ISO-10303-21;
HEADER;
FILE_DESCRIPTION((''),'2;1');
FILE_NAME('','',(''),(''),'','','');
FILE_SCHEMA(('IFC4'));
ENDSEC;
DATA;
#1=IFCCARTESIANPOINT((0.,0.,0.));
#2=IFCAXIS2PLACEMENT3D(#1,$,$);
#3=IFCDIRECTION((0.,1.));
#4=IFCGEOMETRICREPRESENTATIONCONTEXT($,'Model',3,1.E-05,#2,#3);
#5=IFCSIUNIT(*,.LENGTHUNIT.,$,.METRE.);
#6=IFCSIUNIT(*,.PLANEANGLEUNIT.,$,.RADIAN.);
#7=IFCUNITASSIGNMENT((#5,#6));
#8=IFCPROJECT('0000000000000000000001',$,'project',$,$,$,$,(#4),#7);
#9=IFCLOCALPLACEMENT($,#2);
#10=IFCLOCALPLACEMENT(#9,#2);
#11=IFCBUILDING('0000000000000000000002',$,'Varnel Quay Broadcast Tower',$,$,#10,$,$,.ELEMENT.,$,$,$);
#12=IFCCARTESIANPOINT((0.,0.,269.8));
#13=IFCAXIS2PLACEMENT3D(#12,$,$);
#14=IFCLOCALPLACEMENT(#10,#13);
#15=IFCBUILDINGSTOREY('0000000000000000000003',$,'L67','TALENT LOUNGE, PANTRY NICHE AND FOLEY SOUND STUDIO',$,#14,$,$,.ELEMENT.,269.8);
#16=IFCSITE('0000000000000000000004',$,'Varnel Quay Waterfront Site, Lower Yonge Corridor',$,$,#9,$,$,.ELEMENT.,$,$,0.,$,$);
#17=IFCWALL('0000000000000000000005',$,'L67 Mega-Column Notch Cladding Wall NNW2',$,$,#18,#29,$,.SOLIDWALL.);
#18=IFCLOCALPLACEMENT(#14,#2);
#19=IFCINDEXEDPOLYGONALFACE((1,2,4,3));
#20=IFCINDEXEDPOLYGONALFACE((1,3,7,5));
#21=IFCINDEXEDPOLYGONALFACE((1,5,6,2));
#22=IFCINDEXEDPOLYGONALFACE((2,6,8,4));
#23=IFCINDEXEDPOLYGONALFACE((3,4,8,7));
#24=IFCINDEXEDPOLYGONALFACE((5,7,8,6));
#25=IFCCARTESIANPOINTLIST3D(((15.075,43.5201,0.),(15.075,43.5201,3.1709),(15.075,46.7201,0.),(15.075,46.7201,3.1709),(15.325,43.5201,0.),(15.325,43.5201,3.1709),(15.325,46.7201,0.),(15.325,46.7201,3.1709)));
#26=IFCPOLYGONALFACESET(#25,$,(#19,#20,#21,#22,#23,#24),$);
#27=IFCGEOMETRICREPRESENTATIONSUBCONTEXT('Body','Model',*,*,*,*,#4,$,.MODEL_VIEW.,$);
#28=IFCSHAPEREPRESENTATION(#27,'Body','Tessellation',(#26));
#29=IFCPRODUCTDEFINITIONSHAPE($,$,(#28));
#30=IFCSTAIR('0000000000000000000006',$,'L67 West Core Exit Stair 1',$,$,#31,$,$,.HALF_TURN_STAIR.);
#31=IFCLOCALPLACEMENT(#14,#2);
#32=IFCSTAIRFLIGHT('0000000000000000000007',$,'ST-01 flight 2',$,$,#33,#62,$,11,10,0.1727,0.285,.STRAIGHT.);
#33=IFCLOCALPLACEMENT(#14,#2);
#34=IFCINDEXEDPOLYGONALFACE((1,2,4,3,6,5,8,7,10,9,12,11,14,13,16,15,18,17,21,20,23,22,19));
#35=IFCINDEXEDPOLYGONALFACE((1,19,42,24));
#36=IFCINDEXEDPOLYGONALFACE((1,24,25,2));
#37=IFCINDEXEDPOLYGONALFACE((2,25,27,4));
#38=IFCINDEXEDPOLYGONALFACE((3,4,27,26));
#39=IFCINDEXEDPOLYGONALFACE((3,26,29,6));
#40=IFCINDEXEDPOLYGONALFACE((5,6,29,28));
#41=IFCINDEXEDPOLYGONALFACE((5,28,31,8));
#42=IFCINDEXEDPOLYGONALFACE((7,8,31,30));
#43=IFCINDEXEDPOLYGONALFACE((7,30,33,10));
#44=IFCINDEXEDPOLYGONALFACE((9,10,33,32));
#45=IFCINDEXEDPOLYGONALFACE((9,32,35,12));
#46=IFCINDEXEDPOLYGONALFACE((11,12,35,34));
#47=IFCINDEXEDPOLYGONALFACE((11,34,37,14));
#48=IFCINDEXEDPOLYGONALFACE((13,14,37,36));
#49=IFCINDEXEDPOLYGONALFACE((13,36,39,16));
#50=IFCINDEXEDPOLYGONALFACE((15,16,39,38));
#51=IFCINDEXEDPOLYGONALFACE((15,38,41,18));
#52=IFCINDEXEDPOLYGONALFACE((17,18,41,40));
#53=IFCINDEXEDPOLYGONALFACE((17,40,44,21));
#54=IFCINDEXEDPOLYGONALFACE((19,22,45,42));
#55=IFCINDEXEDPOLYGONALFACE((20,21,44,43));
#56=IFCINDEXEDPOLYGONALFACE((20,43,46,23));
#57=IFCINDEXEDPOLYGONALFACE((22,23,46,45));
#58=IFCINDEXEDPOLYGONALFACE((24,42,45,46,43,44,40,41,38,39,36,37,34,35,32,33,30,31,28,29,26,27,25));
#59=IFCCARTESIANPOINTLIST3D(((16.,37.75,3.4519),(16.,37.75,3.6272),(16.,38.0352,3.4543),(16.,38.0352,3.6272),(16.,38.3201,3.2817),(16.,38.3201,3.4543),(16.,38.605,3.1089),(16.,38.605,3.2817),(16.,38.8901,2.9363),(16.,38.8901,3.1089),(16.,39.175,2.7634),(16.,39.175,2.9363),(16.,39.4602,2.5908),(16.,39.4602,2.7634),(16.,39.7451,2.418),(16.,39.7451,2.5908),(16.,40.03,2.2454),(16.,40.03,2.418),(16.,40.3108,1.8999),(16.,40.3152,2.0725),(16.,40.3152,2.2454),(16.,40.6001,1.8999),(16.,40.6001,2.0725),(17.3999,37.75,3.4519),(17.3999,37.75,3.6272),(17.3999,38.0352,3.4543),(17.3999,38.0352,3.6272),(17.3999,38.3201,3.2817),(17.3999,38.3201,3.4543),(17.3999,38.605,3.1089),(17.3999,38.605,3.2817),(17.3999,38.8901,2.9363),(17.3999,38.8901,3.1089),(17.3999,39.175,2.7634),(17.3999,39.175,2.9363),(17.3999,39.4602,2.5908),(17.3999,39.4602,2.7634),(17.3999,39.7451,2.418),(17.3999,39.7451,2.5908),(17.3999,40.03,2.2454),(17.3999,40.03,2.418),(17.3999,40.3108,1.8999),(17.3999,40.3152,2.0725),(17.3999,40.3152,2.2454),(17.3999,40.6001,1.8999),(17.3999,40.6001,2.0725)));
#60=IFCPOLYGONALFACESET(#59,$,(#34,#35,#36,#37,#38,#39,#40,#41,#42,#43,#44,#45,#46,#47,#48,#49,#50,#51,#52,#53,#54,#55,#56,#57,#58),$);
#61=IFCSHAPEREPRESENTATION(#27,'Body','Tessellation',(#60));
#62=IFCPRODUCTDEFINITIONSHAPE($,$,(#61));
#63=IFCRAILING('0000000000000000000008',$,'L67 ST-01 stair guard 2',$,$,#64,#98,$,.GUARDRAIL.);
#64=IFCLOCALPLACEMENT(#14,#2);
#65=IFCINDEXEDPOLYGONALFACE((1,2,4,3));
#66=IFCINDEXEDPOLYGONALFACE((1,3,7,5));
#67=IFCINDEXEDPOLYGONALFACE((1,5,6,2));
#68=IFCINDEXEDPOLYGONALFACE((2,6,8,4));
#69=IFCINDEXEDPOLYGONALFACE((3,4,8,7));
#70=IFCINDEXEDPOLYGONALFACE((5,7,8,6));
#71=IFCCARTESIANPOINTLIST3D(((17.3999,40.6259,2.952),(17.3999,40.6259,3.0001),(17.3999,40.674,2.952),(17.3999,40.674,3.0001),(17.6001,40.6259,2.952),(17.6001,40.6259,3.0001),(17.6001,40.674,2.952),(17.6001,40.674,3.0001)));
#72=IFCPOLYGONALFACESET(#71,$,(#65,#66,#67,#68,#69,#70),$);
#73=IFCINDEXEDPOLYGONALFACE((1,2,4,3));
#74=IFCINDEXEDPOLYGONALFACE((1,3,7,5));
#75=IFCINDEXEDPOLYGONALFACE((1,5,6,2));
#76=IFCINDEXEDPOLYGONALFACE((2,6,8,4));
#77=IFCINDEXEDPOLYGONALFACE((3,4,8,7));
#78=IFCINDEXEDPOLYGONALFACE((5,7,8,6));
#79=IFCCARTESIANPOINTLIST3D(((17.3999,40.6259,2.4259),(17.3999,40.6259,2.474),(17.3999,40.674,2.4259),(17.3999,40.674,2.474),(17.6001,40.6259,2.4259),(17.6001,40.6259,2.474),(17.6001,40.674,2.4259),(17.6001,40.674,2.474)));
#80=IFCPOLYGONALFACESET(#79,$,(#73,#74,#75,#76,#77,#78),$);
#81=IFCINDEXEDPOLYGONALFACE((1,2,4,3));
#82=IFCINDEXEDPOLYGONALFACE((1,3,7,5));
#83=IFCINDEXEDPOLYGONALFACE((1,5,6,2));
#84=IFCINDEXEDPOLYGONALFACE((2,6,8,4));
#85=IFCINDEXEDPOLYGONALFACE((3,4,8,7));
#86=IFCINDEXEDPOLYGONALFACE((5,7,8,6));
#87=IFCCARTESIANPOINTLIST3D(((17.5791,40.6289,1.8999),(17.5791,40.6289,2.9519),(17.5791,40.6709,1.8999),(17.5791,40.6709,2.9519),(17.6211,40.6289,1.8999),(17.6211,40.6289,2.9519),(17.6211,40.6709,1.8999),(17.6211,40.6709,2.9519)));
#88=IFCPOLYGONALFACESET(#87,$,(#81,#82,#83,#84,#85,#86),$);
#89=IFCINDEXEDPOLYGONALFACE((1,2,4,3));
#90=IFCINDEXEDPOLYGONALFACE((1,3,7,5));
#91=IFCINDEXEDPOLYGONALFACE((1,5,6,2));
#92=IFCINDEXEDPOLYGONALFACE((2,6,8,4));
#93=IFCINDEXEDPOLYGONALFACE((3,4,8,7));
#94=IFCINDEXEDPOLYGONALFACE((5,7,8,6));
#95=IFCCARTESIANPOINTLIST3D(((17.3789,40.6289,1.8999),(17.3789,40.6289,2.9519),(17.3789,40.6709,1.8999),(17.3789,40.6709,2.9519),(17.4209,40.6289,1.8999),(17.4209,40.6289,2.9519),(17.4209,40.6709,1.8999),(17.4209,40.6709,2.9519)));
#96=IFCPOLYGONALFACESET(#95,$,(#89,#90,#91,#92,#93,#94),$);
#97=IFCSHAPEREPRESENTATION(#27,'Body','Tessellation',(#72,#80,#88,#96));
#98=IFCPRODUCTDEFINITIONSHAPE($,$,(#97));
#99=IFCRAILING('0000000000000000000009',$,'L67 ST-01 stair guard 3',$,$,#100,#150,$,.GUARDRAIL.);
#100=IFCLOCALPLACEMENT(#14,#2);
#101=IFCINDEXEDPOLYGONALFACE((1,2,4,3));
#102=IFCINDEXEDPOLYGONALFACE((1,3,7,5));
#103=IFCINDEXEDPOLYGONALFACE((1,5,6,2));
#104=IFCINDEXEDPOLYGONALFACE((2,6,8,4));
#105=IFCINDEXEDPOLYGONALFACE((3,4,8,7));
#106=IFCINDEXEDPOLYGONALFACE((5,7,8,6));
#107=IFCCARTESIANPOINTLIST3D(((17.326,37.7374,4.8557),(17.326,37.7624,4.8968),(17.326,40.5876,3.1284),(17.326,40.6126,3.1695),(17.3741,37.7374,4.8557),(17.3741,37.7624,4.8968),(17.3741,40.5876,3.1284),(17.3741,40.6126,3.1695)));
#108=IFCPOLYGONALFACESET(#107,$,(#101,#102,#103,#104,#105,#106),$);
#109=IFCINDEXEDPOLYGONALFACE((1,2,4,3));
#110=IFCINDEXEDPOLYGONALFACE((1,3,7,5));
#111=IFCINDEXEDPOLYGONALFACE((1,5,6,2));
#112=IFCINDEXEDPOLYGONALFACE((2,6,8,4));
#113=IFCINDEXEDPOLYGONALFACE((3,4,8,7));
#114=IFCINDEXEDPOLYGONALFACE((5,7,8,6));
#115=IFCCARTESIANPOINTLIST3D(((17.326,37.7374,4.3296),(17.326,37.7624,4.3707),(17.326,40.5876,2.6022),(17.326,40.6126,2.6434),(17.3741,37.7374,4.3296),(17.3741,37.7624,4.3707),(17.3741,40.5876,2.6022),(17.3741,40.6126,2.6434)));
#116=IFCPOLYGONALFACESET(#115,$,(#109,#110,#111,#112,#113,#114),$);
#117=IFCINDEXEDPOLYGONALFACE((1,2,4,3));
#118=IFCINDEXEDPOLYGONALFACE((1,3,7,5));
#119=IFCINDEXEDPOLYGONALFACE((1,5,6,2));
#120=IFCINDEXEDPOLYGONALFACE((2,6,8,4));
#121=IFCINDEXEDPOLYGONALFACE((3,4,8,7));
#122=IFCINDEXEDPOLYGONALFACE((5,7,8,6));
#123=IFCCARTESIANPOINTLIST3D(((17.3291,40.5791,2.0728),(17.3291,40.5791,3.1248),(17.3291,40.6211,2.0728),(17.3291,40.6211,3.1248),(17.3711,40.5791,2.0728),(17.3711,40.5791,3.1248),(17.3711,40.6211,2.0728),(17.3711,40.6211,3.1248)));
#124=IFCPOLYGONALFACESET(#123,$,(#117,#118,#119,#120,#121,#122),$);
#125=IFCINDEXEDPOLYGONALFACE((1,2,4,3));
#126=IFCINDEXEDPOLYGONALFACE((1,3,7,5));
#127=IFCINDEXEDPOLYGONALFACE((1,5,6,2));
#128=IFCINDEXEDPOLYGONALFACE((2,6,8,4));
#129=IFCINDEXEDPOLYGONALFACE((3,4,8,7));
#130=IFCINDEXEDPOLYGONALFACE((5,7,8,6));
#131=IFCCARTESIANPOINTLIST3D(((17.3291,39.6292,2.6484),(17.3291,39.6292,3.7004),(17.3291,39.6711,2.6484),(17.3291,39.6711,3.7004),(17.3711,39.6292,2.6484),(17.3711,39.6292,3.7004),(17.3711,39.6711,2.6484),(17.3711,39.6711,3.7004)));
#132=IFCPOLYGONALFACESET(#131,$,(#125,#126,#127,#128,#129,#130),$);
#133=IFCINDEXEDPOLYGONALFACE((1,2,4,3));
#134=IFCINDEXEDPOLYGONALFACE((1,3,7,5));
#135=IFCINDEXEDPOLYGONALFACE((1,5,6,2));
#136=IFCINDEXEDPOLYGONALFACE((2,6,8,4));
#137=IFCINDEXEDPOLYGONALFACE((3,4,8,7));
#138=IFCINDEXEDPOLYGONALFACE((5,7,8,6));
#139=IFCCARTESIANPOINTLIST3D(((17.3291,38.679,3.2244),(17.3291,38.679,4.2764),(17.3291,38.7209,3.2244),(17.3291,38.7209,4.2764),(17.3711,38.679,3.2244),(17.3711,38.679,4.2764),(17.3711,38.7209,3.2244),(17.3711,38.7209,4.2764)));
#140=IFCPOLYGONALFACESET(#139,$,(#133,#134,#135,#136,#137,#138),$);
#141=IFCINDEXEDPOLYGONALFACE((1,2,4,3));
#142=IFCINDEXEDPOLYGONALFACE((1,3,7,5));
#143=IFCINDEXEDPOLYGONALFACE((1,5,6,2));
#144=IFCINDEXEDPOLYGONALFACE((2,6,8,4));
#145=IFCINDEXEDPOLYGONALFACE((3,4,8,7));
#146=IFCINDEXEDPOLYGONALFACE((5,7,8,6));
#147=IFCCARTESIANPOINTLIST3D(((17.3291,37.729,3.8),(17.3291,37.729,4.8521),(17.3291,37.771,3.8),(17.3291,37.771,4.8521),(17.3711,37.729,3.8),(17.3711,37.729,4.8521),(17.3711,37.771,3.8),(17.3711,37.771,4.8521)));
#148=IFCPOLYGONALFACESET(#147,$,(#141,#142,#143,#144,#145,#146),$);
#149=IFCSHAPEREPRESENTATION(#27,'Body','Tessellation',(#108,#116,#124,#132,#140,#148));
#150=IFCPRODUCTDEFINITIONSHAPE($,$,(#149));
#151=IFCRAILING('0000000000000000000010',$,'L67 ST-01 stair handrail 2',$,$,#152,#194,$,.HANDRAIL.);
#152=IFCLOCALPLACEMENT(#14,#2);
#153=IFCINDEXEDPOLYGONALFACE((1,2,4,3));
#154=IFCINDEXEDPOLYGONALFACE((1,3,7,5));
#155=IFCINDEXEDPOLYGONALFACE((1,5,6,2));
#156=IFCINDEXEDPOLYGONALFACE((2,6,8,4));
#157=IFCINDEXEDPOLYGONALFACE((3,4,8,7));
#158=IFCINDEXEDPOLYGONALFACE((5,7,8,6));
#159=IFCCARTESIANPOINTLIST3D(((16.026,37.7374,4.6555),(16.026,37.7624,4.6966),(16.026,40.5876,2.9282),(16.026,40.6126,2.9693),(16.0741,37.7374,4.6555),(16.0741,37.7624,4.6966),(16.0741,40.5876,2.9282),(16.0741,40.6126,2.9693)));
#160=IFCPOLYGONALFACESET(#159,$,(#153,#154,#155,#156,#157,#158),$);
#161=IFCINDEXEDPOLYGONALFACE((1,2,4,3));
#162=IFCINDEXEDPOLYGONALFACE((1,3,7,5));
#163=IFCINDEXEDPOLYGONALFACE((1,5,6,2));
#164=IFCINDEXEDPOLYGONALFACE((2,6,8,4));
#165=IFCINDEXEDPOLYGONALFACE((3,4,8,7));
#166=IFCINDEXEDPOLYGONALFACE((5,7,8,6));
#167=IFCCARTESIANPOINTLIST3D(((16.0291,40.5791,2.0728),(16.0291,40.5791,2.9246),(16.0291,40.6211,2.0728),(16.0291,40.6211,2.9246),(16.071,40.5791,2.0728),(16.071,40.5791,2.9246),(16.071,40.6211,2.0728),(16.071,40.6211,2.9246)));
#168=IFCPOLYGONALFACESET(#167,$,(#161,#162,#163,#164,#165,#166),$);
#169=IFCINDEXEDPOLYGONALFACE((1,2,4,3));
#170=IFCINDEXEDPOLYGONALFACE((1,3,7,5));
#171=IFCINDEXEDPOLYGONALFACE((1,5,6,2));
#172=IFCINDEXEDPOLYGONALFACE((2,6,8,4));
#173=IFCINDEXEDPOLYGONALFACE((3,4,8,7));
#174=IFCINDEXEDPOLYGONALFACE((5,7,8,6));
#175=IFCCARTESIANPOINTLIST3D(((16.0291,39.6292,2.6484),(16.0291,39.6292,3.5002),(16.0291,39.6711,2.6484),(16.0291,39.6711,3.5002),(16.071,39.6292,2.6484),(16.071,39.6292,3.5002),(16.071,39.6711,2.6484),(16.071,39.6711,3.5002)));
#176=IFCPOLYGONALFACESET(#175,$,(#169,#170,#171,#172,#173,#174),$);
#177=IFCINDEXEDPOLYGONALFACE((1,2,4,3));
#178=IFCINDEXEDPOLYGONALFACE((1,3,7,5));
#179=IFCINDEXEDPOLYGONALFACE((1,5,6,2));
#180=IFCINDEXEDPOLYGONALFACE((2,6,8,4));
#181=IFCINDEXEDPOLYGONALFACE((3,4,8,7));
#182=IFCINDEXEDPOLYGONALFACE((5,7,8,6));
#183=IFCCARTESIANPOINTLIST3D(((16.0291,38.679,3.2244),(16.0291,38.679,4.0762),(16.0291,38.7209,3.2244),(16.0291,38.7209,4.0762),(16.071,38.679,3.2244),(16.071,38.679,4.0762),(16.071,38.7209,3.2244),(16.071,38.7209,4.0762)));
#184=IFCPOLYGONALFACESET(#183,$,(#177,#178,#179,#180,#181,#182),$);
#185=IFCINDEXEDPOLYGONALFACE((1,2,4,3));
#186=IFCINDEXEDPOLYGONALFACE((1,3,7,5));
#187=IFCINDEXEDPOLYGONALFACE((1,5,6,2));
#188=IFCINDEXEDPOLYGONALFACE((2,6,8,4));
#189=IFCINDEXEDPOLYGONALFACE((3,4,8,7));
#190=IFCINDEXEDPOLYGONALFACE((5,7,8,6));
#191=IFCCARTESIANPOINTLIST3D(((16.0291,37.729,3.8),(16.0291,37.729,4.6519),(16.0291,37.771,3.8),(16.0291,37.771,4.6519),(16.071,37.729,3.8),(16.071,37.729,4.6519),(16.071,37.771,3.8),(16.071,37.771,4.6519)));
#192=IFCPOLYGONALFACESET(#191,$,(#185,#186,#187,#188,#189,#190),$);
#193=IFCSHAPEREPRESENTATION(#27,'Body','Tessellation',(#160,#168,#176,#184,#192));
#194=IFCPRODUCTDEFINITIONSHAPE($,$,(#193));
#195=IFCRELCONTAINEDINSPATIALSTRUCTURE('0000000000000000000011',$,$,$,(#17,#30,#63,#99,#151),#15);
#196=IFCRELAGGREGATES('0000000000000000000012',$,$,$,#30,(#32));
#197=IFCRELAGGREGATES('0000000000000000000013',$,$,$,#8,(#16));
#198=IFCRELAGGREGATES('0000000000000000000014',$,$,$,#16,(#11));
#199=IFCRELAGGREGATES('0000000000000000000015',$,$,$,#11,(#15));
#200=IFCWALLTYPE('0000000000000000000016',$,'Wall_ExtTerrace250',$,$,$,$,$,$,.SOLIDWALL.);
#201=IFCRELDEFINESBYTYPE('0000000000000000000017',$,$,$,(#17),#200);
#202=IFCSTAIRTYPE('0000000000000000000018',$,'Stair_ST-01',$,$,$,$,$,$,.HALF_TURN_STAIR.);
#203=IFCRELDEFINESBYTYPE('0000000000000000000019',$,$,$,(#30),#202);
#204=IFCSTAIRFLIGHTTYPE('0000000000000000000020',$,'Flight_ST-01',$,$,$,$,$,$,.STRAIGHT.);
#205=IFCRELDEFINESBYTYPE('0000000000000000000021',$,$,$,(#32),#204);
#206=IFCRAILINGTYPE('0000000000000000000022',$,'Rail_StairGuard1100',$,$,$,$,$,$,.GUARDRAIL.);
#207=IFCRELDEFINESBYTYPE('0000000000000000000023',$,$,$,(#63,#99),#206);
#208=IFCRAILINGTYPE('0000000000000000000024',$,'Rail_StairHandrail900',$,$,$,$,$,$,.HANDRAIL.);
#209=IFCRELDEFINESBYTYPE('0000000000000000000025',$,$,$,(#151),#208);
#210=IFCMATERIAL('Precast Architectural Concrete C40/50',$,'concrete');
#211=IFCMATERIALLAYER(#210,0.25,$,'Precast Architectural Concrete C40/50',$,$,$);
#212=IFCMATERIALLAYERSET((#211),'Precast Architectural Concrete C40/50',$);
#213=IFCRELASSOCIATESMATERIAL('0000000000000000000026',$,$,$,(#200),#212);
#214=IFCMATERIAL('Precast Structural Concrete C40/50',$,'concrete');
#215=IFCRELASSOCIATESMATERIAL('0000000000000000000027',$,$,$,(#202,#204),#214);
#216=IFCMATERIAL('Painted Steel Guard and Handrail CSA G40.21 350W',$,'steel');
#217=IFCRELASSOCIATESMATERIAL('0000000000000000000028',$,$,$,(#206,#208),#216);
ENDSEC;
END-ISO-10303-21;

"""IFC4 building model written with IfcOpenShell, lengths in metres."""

from ifc_helpers import new_model, si_unit, direction, frame, frame_2d, origin, origin_2d, place, context, subcontext, project, spatial, polyline, rectangle, outline, extrude, material, layer, layer_set, type_object, element, aggregate, save


model = new_model("IFC4")

# Units and contexts
model_context = context("Model", 3, precision=1e-05, world=origin(), true_north=direction((0.0, 1.0)))
body_context = subcontext(model_context, "Body", "Model", "MODEL_VIEW")
ifc_project = project(units=[si_unit("LENGTHUNIT", "METRE"), si_unit("PLANEANGLEUNIT", "RADIAN")], contexts=[model_context])

# Site, building, storey
site_placement = place(None, origin())
site = spatial("IfcSite", under=ifc_project, at=site_placement, Name="Varnel Quay Waterfront Site, Lower Yonge Corridor", CompositionType="ELEMENT", RefElevation=0.0)
building_placement = place(site_placement, origin())
building = spatial("IfcBuilding", under=site, at=building_placement, Name="Varnel Quay Broadcast Tower", CompositionType="ELEMENT")
storey_placement = place(building_placement, frame((0.0, 0.0, 269.8)))
storey = spatial("IfcBuildingStorey", under=building, at=storey_placement, Name="L67", Description="TALENT LOUNGE, PANTRY NICHE AND FOLEY SOUND STUDIO", CompositionType="ELEMENT", Elevation=269.8)

# Wall
ifc_material_1 = material(Name="Precast Architectural Concrete C40/50", Category="concrete")
ifc_layer_1 = layer(ifc_material_1, 0.25, Name="Precast Architectural Concrete C40/50")
ifc_layer_set_1 = layer_set([ifc_layer_1], Name="Precast Architectural Concrete C40/50")
wall_type_1 = type_object("IfcWallType", Name="Wall_ExtTerrace250", PredefinedType="SOLIDWALL", material=ifc_layer_set_1)
wall_1_placement = place(storey_placement, frame((15.2, 43.52, 0.0), z_axis=(0.0, 0.0, 1.0), x_axis=(0.0, 1.0, 0.0)))
element("IfcWall", 1, at=wall_1_placement, inside=storey, type_object=wall_type_1, Name="L67 Mega-Column Notch Cladding Wall NNW2", PredefinedType="SOLIDWALL", context=body_context, shape_type="SweptSolid", body=[
    extrude(rectangle(XDim=3.2, YDim=0.25, at=frame_2d((1.6001, 0.0))), origin(), (0.0, 0.0, 1.0), 3.1709),
])

# Stair, stair flight
ifc_material_2 = material(Name="Precast Structural Concrete C40/50", Category="concrete")
stair_type = type_object("IfcStairType", Name="Stair_ST-01", PredefinedType="HALF_TURN_STAIR", material=ifc_material_2)
stair_placement = place(storey_placement, origin())
stair = element("IfcStair", 2, at=stair_placement, inside=storey, type_object=stair_type, Name="L67 West Core Exit Stair 1", PredefinedType="HALF_TURN_STAIR")
stair_flight_type = type_object("IfcStairFlightType", Name="Flight_ST-01", PredefinedType="STRAIGHT", material=ifc_material_2)
stair_flight_placement = place(storey_placement, frame((16.7, 40.6001, 1.8999), z_axis=(0.0, 0.0, 1.0), x_axis=(0.0, -1.0, 0.0)))
stair_flight = element("IfcStairFlight", 3, at=stair_flight_placement, type_object=stair_flight_type, Name="ST-01 flight 2", NumberOfRisers=11, NumberOfTreads=10, PredefinedType="STRAIGHT", RiserHeight=0.1727, TreadLength=0.285, context=body_context, shape_type="SweptSolid", body=[
    extrude(outline(polyline([(0.0, 0.0), (0.0, 0.1726), (0.2849, 0.1726), (0.2849, 0.3455), (0.5701, 0.3455), (0.5701, 0.5181), (0.855, 0.5181), (0.855, 0.6909), (1.1399, 0.6909), (1.1399, 0.8635), (1.425, 0.8635), (1.425, 1.0364), (1.71, 1.0364), (1.71, 1.209), (1.9951, 1.209), (1.9951, 1.3818), (2.28, 1.3818), (2.28, 1.5544), (2.5649, 1.5544), (2.5649, 1.7273), (2.8501, 1.7273), (2.8501, 1.8999), (2.8501, 1.552), (0.2893, 0.0), (0.0, 0.0)])), frame((0.0, 0.7, 0.0), z_axis=(0.0, -1.0, 0.0), x_axis=(1.0, 0.0, 0.0)), (0.0, 0.0, 1.0), 1.3999),
])
aggregate(stair, [stair_flight])

# Railings
ifc_material_3 = material(Name="Painted Steel Guard and Handrail CSA G40.21 350W", Category="steel")
railing_type_1 = type_object("IfcRailingType", Name="Rail_StairGuard1100", PredefinedType="GUARDRAIL", material=ifc_material_3)
railing_1_placement = place(storey_placement, frame((17.6001, 40.6499, 1.8999)))
element("IfcRailing", 4, at=railing_1_placement, inside=storey, type_object=railing_type_1, Name="L67 ST-01 stair guard 2", PredefinedType="GUARDRAIL", context=body_context, shape_type="SweptSolid", body=[
    extrude(rectangle(XDim=0.0481, YDim=0.0481, at=origin_2d()), frame((0.0, 0.0, 1.0762), z_axis=(-1.0, 0.0, 0.0), x_axis=(0.0, -1.0, 0.0)), (0.0, 0.0, 1.0), 0.2002),
    extrude(rectangle(XDim=0.0481, YDim=0.0481, at=origin_2d()), frame((0.0, 0.0, 0.55), z_axis=(-1.0, 0.0, 0.0), x_axis=(0.0, -1.0, 0.0)), (0.0, 0.0, 1.0), 0.2002),
    extrude(rectangle(XDim=0.042, YDim=0.042, at=origin_2d()), origin(), (0.0, 0.0, 1.0), 1.052),
    extrude(rectangle(XDim=0.042, YDim=0.042, at=origin_2d()), frame((-0.2002, 0.0, 0.0)), (0.0, 0.0, 1.0), 1.052),
])
railing_2_placement = place(storey_placement, frame((17.3501, 40.6001, 2.0728)))
element("IfcRailing", 5, at=railing_2_placement, inside=storey, type_object=railing_type_1, Name="L67 ST-01 stair guard 3", PredefinedType="GUARDRAIL", context=body_context, shape_type="SweptSolid", body=[
    extrude(rectangle(XDim=0.0481, YDim=0.0481, at=origin_2d()), frame((0.0, 0.0, 1.0762), z_axis=(0.0, -0.855203, 0.518294), x_axis=(1.0, 0.0, 0.0)), (0.0, 0.0, 1.0), 3.3328),
    extrude(rectangle(XDim=0.0481, YDim=0.0481, at=origin_2d()), frame((0.0, 0.0, 0.55), z_axis=(0.0, -0.855203, 0.518294), x_axis=(1.0, 0.0, 0.0)), (0.0, 0.0, 1.0), 3.3328),
    extrude(rectangle(XDim=0.042, YDim=0.042, at=origin_2d()), origin(), (0.0, 0.0, 1.0), 1.052),
    extrude(rectangle(XDim=0.042, YDim=0.042, at=origin_2d()), frame((0.0, -0.95, 0.5757)), (0.0, 0.0, 1.0), 1.052),
    extrude(rectangle(XDim=0.042, YDim=0.042, at=origin_2d()), frame((0.0, -1.9001, 1.1516)), (0.0, 0.0, 1.0), 1.052),
    extrude(rectangle(XDim=0.042, YDim=0.042, at=origin_2d()), frame((0.0, -2.8501, 1.7273)), (0.0, 0.0, 1.0), 1.052),
])
railing_type_2 = type_object("IfcRailingType", Name="Rail_StairHandrail900", PredefinedType="HANDRAIL", material=ifc_material_3)
railing_3_placement = place(storey_placement, frame((16.05, 40.6001, 2.0728)))
element("IfcRailing", 6, at=railing_3_placement, inside=storey, type_object=railing_type_2, Name="L67 ST-01 stair handrail 2", PredefinedType="HANDRAIL", context=body_context, shape_type="SweptSolid", body=[
    extrude(rectangle(XDim=0.0481, YDim=0.0481, at=origin_2d()), frame((0.0, 0.0, 0.876), z_axis=(0.0, -0.855203, 0.518294), x_axis=(1.0, 0.0, 0.0)), (0.0, 0.0, 1.0), 3.3328),
    extrude(rectangle(XDim=0.042, YDim=0.042, at=origin_2d()), origin(), (0.0, 0.0, 1.0), 0.8518),
    extrude(rectangle(XDim=0.042, YDim=0.042, at=origin_2d()), frame((0.0, -0.95, 0.5757)), (0.0, 0.0, 1.0), 0.8518),
    extrude(rectangle(XDim=0.042, YDim=0.042, at=origin_2d()), frame((0.0, -1.9001, 1.1516)), (0.0, 0.0, 1.0), 0.8518),
    extrude(rectangle(XDim=0.042, YDim=0.042, at=origin_2d()), frame((0.0, -2.8501, 1.7273)), (0.0, 0.0, 1.0), 0.8518),
])

save(model, "model.ifc")
